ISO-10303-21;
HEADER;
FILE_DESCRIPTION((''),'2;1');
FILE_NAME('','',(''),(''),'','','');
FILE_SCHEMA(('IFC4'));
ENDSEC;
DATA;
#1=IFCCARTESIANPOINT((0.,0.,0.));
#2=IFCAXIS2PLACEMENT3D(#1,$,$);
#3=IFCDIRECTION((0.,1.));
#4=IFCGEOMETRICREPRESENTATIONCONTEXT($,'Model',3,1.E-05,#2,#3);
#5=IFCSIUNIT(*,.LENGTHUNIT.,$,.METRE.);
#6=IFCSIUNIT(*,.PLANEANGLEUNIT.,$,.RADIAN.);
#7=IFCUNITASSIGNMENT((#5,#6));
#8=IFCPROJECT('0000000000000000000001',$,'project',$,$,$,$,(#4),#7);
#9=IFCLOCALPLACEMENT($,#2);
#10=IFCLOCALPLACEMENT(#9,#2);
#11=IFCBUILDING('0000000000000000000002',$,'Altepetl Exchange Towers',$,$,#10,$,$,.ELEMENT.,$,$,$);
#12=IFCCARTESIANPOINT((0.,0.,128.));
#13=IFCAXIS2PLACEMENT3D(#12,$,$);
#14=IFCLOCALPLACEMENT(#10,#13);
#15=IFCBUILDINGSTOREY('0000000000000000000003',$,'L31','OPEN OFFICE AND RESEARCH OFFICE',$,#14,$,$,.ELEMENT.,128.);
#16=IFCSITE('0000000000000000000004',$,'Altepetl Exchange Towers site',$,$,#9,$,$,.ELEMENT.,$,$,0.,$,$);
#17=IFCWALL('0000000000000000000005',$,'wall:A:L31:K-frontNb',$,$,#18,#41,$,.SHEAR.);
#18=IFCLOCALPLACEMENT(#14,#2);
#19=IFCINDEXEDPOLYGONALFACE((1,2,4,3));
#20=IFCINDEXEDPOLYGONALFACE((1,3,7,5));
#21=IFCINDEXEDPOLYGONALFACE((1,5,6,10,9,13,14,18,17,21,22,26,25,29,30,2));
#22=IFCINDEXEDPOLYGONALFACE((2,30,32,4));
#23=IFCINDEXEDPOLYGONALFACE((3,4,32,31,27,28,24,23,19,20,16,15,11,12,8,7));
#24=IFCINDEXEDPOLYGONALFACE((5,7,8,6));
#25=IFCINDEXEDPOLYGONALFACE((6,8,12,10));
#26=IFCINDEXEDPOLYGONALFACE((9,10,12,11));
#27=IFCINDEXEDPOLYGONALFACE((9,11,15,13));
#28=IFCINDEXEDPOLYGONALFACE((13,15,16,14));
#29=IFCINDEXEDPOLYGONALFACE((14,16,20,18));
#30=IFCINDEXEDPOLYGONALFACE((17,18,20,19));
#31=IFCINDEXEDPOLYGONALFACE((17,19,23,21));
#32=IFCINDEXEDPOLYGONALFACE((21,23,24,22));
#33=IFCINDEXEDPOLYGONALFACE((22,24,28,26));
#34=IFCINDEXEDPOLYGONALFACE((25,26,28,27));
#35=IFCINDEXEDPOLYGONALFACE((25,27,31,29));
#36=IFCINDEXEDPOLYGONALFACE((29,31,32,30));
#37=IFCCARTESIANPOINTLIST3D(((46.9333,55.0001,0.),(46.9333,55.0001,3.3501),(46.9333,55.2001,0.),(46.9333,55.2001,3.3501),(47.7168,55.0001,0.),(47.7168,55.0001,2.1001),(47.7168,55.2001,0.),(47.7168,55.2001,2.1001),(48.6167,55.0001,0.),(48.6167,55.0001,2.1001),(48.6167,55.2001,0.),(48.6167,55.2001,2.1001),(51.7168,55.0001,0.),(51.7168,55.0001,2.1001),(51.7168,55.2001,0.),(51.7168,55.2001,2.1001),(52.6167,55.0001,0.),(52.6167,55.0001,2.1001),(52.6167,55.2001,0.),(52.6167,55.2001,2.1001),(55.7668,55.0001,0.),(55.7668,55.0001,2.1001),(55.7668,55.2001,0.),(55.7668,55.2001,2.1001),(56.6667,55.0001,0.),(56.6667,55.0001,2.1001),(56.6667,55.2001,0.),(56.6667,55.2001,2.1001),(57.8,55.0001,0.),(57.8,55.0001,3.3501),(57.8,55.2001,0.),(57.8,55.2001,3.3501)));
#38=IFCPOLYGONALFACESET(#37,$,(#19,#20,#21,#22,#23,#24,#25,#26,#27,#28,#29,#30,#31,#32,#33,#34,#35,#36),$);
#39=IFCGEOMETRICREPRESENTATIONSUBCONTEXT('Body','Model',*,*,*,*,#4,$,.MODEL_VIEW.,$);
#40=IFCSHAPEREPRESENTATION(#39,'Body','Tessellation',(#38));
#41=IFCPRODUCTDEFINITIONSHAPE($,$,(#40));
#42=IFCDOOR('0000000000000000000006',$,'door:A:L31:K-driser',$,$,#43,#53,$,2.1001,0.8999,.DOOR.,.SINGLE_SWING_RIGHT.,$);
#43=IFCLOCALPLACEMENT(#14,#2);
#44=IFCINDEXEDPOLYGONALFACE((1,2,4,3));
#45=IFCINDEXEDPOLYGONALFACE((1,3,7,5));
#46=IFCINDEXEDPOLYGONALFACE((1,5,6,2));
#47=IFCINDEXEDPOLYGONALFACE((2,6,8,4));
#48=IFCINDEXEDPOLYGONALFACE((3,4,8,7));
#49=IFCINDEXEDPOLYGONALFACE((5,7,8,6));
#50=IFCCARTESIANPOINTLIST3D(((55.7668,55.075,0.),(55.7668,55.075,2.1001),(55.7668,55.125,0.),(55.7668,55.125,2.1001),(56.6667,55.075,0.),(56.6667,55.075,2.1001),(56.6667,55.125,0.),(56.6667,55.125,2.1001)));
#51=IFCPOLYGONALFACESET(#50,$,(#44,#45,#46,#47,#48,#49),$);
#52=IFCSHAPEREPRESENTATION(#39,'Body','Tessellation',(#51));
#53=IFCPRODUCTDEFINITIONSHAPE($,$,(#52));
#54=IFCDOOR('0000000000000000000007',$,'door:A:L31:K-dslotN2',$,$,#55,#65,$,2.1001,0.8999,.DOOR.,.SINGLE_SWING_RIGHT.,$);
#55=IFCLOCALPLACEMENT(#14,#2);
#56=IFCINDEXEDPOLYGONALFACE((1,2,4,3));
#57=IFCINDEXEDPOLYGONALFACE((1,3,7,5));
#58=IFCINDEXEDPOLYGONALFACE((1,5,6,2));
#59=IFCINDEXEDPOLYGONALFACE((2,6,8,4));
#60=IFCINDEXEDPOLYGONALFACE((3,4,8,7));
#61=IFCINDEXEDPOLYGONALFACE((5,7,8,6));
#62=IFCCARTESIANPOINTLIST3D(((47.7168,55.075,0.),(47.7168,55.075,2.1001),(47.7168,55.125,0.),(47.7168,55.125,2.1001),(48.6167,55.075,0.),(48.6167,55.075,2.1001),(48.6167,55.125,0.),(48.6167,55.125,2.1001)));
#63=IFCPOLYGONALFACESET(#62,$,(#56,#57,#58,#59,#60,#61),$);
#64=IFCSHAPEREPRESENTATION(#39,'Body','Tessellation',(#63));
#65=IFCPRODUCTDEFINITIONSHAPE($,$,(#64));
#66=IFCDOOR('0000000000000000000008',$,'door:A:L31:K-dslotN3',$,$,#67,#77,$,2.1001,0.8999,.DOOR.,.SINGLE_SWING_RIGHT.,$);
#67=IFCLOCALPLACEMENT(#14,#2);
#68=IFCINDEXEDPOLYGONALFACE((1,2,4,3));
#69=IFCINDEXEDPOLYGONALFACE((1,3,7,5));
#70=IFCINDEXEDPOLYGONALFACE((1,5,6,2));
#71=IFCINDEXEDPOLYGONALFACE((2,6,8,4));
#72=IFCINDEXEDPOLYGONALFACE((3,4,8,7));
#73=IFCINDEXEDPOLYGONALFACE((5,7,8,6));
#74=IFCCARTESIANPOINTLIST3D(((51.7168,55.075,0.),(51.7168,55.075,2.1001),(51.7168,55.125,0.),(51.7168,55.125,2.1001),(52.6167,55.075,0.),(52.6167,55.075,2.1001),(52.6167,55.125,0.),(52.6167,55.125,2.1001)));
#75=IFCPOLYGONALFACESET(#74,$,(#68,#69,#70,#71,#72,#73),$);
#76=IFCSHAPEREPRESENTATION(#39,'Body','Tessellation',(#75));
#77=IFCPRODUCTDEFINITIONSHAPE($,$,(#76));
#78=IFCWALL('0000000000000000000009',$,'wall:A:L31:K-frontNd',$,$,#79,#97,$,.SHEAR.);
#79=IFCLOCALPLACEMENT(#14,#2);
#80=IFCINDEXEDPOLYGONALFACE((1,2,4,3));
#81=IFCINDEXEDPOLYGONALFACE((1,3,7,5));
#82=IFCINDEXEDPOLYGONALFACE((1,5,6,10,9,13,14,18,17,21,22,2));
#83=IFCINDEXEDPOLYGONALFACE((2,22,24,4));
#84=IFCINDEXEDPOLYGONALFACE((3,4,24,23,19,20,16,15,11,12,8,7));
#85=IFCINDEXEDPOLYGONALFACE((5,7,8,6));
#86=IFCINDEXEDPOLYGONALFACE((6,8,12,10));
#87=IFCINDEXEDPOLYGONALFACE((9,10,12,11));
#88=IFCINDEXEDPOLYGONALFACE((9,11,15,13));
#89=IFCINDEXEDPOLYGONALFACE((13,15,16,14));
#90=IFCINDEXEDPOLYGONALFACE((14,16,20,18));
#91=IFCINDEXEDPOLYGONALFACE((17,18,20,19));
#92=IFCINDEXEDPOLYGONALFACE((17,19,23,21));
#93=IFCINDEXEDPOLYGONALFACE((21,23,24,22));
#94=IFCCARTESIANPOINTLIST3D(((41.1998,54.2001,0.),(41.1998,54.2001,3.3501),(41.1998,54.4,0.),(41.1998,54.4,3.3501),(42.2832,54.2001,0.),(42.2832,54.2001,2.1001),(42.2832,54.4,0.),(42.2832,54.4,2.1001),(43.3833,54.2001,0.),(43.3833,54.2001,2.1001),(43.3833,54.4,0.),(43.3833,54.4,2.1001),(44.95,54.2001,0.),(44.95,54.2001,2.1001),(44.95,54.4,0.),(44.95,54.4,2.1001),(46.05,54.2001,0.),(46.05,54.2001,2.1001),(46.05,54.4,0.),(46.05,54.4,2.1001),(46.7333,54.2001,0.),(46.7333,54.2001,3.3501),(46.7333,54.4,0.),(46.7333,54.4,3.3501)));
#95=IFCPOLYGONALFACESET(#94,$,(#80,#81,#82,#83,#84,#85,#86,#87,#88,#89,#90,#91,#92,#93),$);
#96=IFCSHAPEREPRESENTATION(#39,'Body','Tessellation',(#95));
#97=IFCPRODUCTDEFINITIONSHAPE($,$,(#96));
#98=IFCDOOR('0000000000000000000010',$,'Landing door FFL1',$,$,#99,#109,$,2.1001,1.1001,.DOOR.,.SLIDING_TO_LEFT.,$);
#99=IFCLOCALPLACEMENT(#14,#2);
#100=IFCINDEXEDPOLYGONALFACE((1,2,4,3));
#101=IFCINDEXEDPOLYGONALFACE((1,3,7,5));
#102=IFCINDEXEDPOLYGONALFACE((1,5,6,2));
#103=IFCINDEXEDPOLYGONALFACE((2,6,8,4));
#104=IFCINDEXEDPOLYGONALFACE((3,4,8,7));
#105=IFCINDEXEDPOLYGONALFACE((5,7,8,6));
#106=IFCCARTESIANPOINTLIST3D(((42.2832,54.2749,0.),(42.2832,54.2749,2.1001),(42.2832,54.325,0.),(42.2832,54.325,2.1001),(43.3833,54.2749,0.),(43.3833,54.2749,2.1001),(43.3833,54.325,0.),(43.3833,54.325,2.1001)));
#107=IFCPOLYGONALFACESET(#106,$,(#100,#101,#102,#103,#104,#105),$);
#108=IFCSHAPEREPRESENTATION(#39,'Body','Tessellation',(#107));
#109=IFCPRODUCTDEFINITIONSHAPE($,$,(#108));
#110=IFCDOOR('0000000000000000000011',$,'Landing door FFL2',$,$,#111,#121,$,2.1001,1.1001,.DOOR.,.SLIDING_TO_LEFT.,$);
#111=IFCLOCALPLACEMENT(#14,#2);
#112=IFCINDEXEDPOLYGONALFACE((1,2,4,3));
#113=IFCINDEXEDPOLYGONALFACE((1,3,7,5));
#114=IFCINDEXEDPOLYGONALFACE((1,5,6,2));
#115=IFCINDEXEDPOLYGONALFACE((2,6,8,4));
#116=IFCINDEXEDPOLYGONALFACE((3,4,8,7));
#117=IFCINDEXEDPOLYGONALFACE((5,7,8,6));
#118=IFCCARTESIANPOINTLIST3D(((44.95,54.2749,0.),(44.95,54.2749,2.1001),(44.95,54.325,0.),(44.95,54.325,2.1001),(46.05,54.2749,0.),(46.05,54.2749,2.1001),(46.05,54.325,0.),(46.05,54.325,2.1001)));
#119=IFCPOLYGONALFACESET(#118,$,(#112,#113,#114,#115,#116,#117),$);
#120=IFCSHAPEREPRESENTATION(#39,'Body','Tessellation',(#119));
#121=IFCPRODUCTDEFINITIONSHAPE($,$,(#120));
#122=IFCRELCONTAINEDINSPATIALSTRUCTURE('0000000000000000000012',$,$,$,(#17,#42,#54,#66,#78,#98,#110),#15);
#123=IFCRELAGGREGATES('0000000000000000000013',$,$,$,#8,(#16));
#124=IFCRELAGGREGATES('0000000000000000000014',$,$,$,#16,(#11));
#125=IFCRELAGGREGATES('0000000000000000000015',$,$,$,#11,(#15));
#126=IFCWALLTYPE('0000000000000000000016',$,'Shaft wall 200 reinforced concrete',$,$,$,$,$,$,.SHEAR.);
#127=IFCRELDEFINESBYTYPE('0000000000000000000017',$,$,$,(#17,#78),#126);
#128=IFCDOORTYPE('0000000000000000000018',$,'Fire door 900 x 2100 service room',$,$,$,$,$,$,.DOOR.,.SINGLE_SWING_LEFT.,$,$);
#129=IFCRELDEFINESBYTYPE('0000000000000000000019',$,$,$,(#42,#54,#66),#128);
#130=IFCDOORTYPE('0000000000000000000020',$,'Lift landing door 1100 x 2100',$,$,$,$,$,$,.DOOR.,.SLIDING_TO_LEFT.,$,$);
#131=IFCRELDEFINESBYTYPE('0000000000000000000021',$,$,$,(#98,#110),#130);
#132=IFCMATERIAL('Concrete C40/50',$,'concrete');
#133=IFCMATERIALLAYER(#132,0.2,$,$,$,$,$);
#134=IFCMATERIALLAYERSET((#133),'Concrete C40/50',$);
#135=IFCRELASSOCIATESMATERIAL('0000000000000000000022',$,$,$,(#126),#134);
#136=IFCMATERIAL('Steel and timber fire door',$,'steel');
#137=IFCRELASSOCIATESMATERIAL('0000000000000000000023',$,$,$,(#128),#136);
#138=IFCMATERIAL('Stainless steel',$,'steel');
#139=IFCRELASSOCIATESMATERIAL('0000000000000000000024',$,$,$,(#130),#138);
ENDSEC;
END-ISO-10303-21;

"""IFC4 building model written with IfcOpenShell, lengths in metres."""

from ifc_helpers import new_model, si_unit, direction, frame, frame_2d, origin, place, context, subcontext, project, spatial, rectangle, extrude, material, layer, layer_set, type_object, element, fill, save


model = new_model("IFC4")

# Units and contexts
model_context = context("Model", 3, precision=1e-05, world=origin(), true_north=direction((0.0, 1.0)))
body_context = subcontext(model_context, "Body", "Model", "MODEL_VIEW")
ifc_project = project(units=[si_unit("LENGTHUNIT", "METRE"), si_unit("PLANEANGLEUNIT", "RADIAN")], contexts=[model_context])

# Site, building, storey
site_placement = place(None, origin())
site = spatial("IfcSite", under=ifc_project, at=site_placement, Name="Altepetl Exchange Towers site", CompositionType="ELEMENT", RefElevation=0.0)
building_placement = place(site_placement, origin())
building = spatial("IfcBuilding", under=site, at=building_placement, Name="Altepetl Exchange Towers", CompositionType="ELEMENT")
storey_placement = place(building_placement, frame((0.0, 0.0, 128.0)))
storey = spatial("IfcBuildingStorey", under=building, at=storey_placement, Name="L31", Description="OPEN OFFICE AND RESEARCH OFFICE", CompositionType="ELEMENT", Elevation=128.0)

# Shared definitions
ifc_material_1 = material(Name="Steel and timber fire door", Category="steel")

# Shared definitions
ifc_material_2 = material(Name="Concrete C40/50", Category="concrete")
ifc_layer_1 = layer(ifc_material_2, 0.2)
ifc_layer_set_1 = layer_set([ifc_layer_1], Name="Concrete C40/50")
wall_type_1 = type_object("IfcWallType", Name="Shaft wall 200 reinforced concrete", PredefinedType="SHEAR", material=ifc_layer_set_1)

# Walls, openings, doors
wall_1_placement = place(storey_placement, frame((46.9333, 55.1001, 0.0)))
wall_1 = element("IfcWall", 1, at=wall_1_placement, inside=storey, type_object=wall_type_1, Name="wall:A:L31:K-frontNb", PredefinedType="SHEAR", context=body_context, shape_type="SweptSolid", body=[
    extrude(rectangle(XDim=10.8667, YDim=0.2, at=frame_2d((5.4333, 0.0))), origin(), (0.0, 0.0, 1.0), 3.3501),
])
opening_1_placement = place(wall_1_placement, frame((8.8335, 0.0, 0.0)))
opening_1 = element("IfcOpeningElement", 2, at=opening_1_placement, cuts=wall_1, PredefinedType="OPENING", context=body_context, shape_type="SweptSolid", body=[
    extrude(rectangle(XDim=0.8999, YDim=2.1001, at=frame_2d((0.45, 1.05))), frame((0.0, 0.1099, 0.0), z_axis=(0.0, -1.0, 0.0), x_axis=(1.0, 0.0, 0.0)), (0.0, 0.0, 1.0), 0.22),
])
opening_2_placement = place(wall_1_placement, frame((0.7834, 0.0, 0.0)))
opening_2 = element("IfcOpeningElement", 3, at=opening_2_placement, cuts=wall_1, PredefinedType="OPENING", context=body_context, shape_type="SweptSolid", body=[
    extrude(rectangle(XDim=0.8999, YDim=2.1001, at=frame_2d((0.45, 1.05))), frame((0.0, 0.1099, 0.0), z_axis=(0.0, -1.0, 0.0), x_axis=(1.0, 0.0, 0.0)), (0.0, 0.0, 1.0), 0.22),
])
opening_3_placement = place(wall_1_placement, frame((4.7834, 0.0, 0.0)))
opening_3 = element("IfcOpeningElement", 4, at=opening_3_placement, cuts=wall_1, PredefinedType="OPENING", context=body_context, shape_type="SweptSolid", body=[
    extrude(rectangle(XDim=0.8999, YDim=2.1001, at=frame_2d((0.45, 1.05))), frame((0.0, 0.1099, 0.0), z_axis=(0.0, -1.0, 0.0), x_axis=(1.0, 0.0, 0.0)), (0.0, 0.0, 1.0), 0.22),
])
door_type_1 = type_object("IfcDoorType", Name="Fire door 900 x 2100 service room", OperationType="SINGLE_SWING_LEFT", PredefinedType="DOOR", material=ifc_material_1)
door_1_placement = place(opening_1_placement, origin())
door_1 = element("IfcDoor", 5, at=door_1_placement, inside=storey, type_object=door_type_1, Name="door:A:L31:K-driser", OperationType="SINGLE_SWING_RIGHT", OverallHeight=2.1001, OverallWidth=0.8999, PredefinedType="DOOR", context=body_context, shape_type="SweptSolid", body=[
    extrude(rectangle(XDim=0.8999, YDim=2.1001, at=frame_2d((0.45, 1.05))), frame((0.0, 0.0249, 0.0), z_axis=(0.0, -1.0, 0.0), x_axis=(1.0, 0.0, 0.0)), (0.0, 0.0, 1.0), 0.05),
])
fill(opening_1, door_1)
door_2_placement = place(opening_2_placement, origin())
door_2 = element("IfcDoor", 6, at=door_2_placement, inside=storey, type_object=door_type_1, Name="door:A:L31:K-dslotN2", OperationType="SINGLE_SWING_RIGHT", OverallHeight=2.1001, OverallWidth=0.8999, PredefinedType="DOOR", context=body_context, shape_type="SweptSolid", body=[
    extrude(rectangle(XDim=0.8999, YDim=2.1001, at=frame_2d((0.45, 1.05))), frame((0.0, 0.0249, 0.0), z_axis=(0.0, -1.0, 0.0), x_axis=(1.0, 0.0, 0.0)), (0.0, 0.0, 1.0), 0.05),
])
fill(opening_2, door_2)
door_3_placement = place(opening_3_placement, origin())
door_3 = element("IfcDoor", 7, at=door_3_placement, inside=storey, type_object=door_type_1, Name="door:A:L31:K-dslotN3", OperationType="SINGLE_SWING_RIGHT", OverallHeight=2.1001, OverallWidth=0.8999, PredefinedType="DOOR", context=body_context, shape_type="SweptSolid", body=[
    extrude(rectangle(XDim=0.8999, YDim=2.1001, at=frame_2d((0.45, 1.05))), frame((0.0, 0.0249, 0.0), z_axis=(0.0, -1.0, 0.0), x_axis=(1.0, 0.0, 0.0)), (0.0, 0.0, 1.0), 0.05),
])
fill(opening_3, door_3)
wall_2_placement = place(storey_placement, frame((41.2, 54.3, 0.0)))
wall_2 = element("IfcWall", 8, at=wall_2_placement, inside=storey, type_object=wall_type_1, Name="wall:A:L31:K-frontNd", PredefinedType="SHEAR", context=body_context, shape_type="SweptSolid", body=[
    extrude(rectangle(XDim=5.5334, YDim=0.2, at=frame_2d((2.7666, 0.0))), origin(), (0.0, 0.0, 1.0), 3.3501),
])
opening_4_placement = place(wall_2_placement, frame((1.0833, 0.0, 0.0)))
opening_4 = element("IfcOpeningElement", 9, at=opening_4_placement, cuts=wall_2, PredefinedType="OPENING", context=body_context, shape_type="SweptSolid", body=[
    extrude(rectangle(XDim=1.1001, YDim=2.1001, at=frame_2d((0.55, 1.05))), frame((0.0, 0.1099, 0.0), z_axis=(0.0, -1.0, 0.0), x_axis=(1.0, 0.0, 0.0)), (0.0, 0.0, 1.0), 0.22),
])
opening_5_placement = place(wall_2_placement, frame((3.75, 0.0, 0.0)))
opening_5 = element("IfcOpeningElement", 10, at=opening_5_placement, cuts=wall_2, PredefinedType="OPENING", context=body_context, shape_type="SweptSolid", body=[
    extrude(rectangle(XDim=1.1001, YDim=2.1001, at=frame_2d((0.55, 1.05))), frame((0.0, 0.1099, 0.0), z_axis=(0.0, -1.0, 0.0), x_axis=(1.0, 0.0, 0.0)), (0.0, 0.0, 1.0), 0.22),
])
ifc_material_3 = material(Name="Stainless steel", Category="steel")
door_type_2 = type_object("IfcDoorType", Name="Lift landing door 1100 x 2100", OperationType="SLIDING_TO_LEFT", PredefinedType="DOOR", material=ifc_material_3)
door_4_placement = place(opening_4_placement, origin())
door_4 = element("IfcDoor", 11, at=door_4_placement, inside=storey, type_object=door_type_2, Name="Landing door FFL1", OperationType="SLIDING_TO_LEFT", OverallHeight=2.1001, OverallWidth=1.1001, PredefinedType="DOOR", context=body_context, shape_type="SweptSolid", body=[
    extrude(rectangle(XDim=1.1001, YDim=2.1001, at=frame_2d((0.55, 1.05))), frame((0.0, 0.0249, 0.0), z_axis=(0.0, -1.0, 0.0), x_axis=(1.0, 0.0, 0.0)), (0.0, 0.0, 1.0), 0.05),
])
fill(opening_4, door_4)
door_5_placement = place(opening_5_placement, origin())
door_5 = element("IfcDoor", 12, at=door_5_placement, inside=storey, type_object=door_type_2, Name="Landing door FFL2", OperationType="SLIDING_TO_LEFT", OverallHeight=2.1001, OverallWidth=1.1001, PredefinedType="DOOR", context=body_context, shape_type="SweptSolid", body=[
    extrude(rectangle(XDim=1.1001, YDim=2.1001, at=frame_2d((0.55, 1.05))), frame((0.0, 0.0249, 0.0), z_axis=(0.0, -1.0, 0.0), x_axis=(1.0, 0.0, 0.0)), (0.0, 0.0, 1.0), 0.05),
])
fill(opening_5, door_5)

save(model, "model.ifc")
